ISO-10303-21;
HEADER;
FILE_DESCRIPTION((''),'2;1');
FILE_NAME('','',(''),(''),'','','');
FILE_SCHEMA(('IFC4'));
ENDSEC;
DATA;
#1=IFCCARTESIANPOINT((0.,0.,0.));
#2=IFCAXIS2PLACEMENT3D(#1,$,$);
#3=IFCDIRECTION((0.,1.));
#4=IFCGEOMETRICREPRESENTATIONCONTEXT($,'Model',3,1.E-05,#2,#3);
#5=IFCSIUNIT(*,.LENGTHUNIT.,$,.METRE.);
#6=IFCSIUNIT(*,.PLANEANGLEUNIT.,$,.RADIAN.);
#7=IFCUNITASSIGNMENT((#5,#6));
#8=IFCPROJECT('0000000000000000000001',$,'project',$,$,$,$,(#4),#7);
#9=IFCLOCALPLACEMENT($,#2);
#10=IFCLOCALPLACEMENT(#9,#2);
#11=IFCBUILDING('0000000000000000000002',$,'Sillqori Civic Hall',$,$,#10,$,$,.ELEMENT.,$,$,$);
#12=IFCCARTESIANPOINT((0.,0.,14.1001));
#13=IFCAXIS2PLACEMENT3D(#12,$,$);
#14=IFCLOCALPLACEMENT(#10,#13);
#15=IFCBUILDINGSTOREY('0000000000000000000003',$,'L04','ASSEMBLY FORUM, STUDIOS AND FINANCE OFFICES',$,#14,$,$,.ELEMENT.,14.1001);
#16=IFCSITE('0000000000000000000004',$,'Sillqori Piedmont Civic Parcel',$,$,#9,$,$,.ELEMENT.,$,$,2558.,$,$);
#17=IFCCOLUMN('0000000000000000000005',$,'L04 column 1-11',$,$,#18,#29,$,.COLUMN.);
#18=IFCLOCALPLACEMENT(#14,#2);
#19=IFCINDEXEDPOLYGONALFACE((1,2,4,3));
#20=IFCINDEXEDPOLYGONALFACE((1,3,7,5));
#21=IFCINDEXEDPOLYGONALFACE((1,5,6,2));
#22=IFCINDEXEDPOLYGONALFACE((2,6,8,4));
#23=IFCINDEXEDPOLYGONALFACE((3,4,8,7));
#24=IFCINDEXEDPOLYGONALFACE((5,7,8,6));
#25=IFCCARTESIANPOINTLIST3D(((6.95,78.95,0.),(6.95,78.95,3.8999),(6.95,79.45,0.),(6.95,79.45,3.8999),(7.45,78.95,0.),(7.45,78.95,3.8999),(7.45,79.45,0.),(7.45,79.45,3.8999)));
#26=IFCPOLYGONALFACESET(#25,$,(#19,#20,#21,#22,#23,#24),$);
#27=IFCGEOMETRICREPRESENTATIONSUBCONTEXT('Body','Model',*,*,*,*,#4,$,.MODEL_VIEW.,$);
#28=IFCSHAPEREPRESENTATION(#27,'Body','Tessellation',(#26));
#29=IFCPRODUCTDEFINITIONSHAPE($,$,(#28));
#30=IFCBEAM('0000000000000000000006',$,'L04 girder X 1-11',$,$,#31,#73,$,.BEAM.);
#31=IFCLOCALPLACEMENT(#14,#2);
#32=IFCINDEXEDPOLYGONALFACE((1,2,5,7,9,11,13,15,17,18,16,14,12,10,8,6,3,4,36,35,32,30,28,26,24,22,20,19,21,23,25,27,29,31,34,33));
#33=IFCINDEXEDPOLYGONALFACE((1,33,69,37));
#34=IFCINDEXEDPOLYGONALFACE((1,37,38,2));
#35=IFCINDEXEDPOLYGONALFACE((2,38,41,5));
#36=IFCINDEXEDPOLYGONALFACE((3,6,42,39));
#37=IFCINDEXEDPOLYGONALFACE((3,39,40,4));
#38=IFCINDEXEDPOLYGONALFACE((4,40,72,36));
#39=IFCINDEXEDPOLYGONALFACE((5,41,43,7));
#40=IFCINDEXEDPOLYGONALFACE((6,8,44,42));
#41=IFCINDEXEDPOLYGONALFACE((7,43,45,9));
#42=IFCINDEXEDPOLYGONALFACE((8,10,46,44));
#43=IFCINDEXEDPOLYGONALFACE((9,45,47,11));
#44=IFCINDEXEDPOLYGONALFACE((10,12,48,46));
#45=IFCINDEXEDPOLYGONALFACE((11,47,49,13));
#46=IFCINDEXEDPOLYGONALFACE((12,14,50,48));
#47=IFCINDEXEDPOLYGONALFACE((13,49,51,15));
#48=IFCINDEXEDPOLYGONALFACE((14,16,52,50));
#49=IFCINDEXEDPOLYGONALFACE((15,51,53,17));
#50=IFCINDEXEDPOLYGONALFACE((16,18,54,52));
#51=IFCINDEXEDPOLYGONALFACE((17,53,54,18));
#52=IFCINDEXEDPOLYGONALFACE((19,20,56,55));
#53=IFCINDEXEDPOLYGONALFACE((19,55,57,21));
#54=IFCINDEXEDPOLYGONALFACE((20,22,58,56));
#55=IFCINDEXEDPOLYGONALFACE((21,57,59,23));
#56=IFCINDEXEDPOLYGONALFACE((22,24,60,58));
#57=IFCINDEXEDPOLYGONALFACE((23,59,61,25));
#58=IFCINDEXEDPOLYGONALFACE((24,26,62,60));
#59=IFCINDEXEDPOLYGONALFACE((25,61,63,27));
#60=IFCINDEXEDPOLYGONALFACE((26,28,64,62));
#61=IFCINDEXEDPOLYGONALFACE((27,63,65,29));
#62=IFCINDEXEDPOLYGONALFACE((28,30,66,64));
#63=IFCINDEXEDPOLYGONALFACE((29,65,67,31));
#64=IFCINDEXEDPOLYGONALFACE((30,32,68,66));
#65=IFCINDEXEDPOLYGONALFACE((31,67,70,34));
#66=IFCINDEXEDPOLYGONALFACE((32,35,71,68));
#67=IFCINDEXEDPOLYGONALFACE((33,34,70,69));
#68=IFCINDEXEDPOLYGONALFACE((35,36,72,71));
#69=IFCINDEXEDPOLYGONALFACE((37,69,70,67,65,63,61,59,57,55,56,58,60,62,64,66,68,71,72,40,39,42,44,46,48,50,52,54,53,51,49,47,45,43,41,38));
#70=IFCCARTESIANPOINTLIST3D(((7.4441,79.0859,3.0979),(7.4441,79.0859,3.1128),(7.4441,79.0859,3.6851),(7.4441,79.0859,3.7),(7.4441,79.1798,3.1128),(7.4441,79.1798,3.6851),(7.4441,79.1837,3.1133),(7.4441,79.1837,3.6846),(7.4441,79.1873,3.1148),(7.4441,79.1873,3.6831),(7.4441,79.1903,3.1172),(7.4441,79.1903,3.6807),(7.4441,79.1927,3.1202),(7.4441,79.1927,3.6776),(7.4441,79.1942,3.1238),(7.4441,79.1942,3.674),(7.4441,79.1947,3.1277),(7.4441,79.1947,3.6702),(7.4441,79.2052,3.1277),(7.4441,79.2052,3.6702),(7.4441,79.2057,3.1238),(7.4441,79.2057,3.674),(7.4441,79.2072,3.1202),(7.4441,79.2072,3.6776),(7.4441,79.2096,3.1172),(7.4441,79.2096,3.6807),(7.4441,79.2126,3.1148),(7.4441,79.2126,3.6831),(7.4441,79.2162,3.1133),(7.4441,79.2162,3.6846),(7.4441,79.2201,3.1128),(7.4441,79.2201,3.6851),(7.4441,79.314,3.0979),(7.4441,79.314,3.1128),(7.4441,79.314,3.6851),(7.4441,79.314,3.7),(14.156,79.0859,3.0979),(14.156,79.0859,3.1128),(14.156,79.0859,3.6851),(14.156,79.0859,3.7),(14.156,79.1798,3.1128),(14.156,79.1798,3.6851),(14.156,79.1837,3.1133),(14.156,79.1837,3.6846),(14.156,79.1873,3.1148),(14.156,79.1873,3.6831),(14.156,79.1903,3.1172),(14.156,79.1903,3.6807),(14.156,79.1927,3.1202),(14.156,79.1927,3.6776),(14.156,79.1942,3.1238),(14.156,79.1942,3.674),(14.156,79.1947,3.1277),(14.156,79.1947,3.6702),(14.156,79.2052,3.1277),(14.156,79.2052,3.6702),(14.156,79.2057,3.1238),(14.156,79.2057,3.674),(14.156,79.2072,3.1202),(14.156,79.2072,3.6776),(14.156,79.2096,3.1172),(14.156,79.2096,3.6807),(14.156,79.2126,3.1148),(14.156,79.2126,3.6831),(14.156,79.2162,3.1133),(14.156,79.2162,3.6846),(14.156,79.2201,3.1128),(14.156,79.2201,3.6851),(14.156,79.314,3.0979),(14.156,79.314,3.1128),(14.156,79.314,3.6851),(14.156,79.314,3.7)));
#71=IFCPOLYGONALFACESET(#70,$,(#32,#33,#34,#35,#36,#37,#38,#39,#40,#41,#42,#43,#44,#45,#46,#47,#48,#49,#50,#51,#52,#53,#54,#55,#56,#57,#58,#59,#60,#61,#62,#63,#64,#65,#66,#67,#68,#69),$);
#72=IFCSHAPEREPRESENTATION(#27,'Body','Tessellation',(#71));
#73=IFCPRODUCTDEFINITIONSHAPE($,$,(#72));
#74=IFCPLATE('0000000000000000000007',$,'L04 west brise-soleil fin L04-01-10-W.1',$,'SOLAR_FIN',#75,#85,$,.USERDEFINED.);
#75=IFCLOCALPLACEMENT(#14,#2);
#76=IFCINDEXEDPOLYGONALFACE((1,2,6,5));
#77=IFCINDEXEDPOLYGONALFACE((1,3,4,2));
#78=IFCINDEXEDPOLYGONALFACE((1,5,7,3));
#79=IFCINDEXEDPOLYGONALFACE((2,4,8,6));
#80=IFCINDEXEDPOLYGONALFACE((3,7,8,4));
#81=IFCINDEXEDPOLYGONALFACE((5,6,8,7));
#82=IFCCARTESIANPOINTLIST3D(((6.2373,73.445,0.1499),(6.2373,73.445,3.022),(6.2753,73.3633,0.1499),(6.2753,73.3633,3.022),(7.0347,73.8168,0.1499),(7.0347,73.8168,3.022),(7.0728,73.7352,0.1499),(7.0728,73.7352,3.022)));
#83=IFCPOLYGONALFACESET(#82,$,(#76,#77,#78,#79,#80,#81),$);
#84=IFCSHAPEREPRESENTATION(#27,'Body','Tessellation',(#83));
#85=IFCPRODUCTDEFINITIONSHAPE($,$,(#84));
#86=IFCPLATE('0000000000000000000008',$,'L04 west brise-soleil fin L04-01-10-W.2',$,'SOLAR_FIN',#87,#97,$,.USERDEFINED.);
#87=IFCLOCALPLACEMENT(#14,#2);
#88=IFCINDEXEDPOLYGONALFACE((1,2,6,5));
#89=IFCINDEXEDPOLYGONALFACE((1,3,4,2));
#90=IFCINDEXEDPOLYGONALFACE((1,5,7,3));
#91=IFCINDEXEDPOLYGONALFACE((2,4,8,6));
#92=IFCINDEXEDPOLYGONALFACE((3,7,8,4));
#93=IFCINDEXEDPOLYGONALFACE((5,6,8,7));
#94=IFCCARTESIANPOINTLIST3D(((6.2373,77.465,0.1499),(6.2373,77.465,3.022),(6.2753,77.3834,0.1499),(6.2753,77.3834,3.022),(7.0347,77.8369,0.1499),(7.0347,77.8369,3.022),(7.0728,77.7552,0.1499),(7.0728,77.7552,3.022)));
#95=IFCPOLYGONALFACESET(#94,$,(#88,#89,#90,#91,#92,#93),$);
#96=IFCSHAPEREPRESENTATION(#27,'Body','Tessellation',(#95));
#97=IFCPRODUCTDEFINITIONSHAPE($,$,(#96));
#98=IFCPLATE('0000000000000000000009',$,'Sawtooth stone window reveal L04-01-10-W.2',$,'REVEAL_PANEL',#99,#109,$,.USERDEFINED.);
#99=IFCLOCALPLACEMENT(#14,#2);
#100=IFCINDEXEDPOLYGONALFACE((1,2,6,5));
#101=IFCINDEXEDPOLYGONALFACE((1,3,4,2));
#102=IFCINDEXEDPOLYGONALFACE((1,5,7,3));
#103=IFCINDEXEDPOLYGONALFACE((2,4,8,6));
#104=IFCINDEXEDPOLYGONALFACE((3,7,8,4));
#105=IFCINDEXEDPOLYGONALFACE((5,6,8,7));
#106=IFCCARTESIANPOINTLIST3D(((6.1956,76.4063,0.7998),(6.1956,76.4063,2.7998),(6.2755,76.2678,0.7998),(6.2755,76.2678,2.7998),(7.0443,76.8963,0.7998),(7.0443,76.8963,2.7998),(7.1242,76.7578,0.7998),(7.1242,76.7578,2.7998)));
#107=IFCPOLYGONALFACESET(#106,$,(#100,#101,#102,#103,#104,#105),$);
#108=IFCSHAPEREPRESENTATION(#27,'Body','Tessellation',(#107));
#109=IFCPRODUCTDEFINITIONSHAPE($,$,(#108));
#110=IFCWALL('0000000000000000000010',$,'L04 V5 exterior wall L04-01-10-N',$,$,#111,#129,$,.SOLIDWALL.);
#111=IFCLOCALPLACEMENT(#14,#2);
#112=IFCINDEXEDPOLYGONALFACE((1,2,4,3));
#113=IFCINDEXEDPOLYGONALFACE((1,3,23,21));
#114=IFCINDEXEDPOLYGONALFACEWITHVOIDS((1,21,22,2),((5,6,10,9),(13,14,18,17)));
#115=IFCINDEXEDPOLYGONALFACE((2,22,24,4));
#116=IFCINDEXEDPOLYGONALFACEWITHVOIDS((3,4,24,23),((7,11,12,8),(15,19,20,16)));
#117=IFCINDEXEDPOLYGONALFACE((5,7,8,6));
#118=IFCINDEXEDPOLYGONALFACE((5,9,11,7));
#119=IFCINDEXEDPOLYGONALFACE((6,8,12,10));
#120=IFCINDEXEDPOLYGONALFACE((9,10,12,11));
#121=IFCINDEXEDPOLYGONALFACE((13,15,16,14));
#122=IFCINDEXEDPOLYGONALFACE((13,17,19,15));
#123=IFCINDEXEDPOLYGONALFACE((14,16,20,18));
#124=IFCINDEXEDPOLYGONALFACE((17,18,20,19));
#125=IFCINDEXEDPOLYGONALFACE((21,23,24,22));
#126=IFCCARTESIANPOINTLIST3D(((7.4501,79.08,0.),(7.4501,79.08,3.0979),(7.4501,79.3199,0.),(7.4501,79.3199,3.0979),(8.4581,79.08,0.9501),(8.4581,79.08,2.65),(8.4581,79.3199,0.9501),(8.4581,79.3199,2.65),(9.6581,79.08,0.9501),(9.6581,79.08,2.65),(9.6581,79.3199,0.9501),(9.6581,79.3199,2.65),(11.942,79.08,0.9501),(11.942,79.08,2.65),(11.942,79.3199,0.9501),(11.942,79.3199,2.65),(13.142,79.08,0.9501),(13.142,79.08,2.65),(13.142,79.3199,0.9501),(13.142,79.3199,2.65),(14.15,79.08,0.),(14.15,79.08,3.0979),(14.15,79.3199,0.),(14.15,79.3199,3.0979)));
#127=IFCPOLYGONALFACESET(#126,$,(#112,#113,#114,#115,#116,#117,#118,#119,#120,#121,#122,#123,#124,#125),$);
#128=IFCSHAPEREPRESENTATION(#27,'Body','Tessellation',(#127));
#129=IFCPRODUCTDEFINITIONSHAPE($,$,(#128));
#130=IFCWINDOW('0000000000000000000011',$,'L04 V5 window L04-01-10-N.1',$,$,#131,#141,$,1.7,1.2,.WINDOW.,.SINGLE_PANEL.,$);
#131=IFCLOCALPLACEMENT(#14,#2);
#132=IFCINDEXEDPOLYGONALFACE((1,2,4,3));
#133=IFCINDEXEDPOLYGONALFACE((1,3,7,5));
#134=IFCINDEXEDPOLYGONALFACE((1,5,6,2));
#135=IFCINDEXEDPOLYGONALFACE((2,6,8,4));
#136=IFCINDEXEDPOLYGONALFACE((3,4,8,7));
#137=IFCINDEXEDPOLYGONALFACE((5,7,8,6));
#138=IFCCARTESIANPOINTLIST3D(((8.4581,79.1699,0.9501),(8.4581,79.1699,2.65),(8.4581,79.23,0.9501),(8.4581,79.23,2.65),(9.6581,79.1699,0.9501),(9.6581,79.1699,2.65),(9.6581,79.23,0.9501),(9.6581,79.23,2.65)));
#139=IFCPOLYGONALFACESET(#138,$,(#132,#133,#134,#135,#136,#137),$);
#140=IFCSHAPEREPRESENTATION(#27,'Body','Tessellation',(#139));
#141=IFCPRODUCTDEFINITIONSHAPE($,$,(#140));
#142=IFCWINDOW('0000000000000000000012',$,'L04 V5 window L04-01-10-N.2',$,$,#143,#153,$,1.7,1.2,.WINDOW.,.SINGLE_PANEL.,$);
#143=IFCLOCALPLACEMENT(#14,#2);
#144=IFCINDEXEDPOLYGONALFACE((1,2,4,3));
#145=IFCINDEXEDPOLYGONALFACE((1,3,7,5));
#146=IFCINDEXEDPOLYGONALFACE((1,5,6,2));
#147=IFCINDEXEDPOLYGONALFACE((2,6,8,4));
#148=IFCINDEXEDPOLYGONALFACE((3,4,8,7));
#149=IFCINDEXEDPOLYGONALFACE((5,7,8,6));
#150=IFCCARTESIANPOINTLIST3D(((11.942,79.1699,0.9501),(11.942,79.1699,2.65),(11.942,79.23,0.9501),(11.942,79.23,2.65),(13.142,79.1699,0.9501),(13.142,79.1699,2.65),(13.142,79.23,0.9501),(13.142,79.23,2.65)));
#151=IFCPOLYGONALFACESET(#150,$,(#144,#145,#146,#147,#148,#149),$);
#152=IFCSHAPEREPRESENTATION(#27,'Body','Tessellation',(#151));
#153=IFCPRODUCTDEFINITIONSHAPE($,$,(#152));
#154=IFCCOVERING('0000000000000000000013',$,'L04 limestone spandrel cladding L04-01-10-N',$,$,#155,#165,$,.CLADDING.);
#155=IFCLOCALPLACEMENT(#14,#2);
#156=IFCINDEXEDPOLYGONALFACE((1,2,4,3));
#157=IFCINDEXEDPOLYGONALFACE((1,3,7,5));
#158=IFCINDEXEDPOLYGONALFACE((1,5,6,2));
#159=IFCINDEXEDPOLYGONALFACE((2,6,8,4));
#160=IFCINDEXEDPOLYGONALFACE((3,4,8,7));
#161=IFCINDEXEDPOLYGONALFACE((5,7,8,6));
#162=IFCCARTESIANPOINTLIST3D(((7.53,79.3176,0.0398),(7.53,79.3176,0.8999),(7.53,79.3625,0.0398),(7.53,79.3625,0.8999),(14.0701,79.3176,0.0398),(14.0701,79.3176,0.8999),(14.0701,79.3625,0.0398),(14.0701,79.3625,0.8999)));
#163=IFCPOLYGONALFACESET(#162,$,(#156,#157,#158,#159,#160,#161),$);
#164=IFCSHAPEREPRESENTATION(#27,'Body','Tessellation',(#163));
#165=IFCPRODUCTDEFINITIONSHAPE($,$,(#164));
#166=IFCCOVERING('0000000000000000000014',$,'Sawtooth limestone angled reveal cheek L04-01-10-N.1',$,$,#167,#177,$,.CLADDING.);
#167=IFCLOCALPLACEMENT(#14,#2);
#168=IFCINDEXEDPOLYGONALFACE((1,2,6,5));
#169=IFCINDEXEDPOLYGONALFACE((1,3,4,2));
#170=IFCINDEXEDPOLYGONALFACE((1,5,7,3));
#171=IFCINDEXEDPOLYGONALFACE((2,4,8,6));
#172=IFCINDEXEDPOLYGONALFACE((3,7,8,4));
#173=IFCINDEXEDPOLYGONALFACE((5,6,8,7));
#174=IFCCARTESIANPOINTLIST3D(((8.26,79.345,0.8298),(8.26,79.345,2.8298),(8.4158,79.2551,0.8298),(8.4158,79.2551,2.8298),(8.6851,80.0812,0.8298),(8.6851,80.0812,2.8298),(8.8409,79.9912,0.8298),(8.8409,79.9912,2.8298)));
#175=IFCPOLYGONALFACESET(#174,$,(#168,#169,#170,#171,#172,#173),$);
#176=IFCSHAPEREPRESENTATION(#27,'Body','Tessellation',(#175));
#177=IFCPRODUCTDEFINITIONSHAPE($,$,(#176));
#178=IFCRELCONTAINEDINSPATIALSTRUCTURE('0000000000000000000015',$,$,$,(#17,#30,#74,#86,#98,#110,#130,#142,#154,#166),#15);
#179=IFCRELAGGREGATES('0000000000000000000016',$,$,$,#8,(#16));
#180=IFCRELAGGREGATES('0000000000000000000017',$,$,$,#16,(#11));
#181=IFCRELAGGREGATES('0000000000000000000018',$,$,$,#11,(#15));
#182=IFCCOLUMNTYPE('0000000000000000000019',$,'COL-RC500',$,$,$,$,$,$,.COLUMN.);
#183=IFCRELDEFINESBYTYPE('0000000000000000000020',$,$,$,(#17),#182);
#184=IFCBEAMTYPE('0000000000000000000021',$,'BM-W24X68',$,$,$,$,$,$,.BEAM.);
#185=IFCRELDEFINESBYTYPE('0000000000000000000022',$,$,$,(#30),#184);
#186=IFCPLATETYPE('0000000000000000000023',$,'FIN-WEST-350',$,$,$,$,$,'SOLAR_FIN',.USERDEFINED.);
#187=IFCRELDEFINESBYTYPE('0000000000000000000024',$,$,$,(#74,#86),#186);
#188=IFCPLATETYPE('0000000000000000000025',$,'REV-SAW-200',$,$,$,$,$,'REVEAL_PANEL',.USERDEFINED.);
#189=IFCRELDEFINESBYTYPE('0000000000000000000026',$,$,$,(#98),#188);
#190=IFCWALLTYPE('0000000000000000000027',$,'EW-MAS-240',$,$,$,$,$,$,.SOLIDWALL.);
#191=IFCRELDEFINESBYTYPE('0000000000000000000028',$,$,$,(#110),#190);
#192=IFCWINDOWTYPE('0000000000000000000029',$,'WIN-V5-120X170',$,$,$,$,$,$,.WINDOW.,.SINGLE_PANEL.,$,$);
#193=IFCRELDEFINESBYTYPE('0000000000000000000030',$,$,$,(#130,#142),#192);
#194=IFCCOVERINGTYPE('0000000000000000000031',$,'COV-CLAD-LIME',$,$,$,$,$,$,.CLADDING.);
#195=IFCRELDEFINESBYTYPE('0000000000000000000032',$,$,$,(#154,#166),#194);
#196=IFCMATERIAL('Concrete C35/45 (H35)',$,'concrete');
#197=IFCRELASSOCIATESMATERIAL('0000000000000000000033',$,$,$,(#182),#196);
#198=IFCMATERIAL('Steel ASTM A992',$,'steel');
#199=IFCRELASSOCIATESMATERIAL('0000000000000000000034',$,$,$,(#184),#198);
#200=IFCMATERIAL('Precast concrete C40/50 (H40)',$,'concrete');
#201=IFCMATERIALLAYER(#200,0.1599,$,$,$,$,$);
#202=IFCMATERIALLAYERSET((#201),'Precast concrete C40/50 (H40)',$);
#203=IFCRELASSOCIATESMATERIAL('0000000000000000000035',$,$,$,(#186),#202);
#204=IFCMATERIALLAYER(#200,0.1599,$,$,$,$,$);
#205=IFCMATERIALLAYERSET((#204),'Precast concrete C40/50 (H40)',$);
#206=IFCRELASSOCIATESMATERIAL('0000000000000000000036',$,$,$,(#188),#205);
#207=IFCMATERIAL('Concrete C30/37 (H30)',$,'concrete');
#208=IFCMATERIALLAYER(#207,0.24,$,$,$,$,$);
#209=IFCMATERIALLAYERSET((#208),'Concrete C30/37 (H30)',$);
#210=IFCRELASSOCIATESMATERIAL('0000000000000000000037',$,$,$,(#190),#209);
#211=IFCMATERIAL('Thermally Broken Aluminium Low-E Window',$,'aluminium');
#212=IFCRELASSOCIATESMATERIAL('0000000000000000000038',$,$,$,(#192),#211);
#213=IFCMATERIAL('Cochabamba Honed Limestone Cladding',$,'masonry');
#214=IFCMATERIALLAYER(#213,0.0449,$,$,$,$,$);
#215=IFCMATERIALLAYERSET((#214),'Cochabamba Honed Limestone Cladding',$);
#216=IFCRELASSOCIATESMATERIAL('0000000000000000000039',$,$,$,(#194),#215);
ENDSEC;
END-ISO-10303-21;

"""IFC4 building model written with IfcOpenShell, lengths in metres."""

from ifc_helpers import new_model, si_unit, direction, frame, frame_2d, origin, origin_2d, place, context, subcontext, project, spatial, rectangle, i_section, extrude, material, layer, layer_set, material_profile, profile_set, type_object, element, fill, save


model = new_model("IFC4")

# Units and contexts
model_context = context("Model", 3, precision=1e-05, world=origin(), true_north=direction((0.0, 1.0)))
body_context = subcontext(model_context, "Body", "Model", "MODEL_VIEW")
ifc_project = project(units=[si_unit("LENGTHUNIT", "METRE"), si_unit("PLANEANGLEUNIT", "RADIAN")], contexts=[model_context])

# Site, building, storey
site_placement = place(None, origin())
site = spatial("IfcSite", under=ifc_project, at=site_placement, Name="Sillqori Piedmont Civic Parcel", CompositionType="ELEMENT", RefElevation=2558.0)
building_placement = place(site_placement, origin())
building = spatial("IfcBuilding", under=site, at=building_placement, Name="Sillqori Civic Hall", CompositionType="ELEMENT")
storey_placement = place(building_placement, frame((0.0, 0.0, 14.1001)))
storey = spatial("IfcBuildingStorey", under=building, at=storey_placement, Name="L04", Description="ASSEMBLY FORUM, STUDIOS AND FINANCE OFFICES", CompositionType="ELEMENT", Elevation=14.1001)

# Column
ifc_material_1 = material(Name="Concrete C35/45 (H35)", Category="concrete")
ifc_material_profile_1 = material_profile(ifc_material_1, rectangle(XDim=0.5, YDim=0.5, at=origin_2d()), Name="RC 500x500")
ifc_profile_set_1 = profile_set([ifc_material_profile_1], Name="Concrete C35/45 (H35)")
column_type = type_object("IfcColumnType", Name="COL-RC500", PredefinedType="COLUMN", material=ifc_profile_set_1)
column_placement = place(storey_placement, frame((7.2, 79.2, 0.0), z_axis=(0.0, 0.0, 1.0), x_axis=(1.0, 0.0, 0.0)))
element("IfcColumn", 1, at=column_placement, inside=storey, type_object=column_type, Name="L04 column 1-11", PredefinedType="COLUMN", context=body_context, shape_type="SweptSolid", body=[
    extrude(rectangle(XDim=0.5, YDim=0.5, at=origin_2d()), origin(), (0.0, 0.0, 1.0), 3.8999),
])

# Beam
ifc_material_2 = material(Name="Steel ASTM A992", Category="steel")
ifc_material_profile_2 = material_profile(ifc_material_2, i_section(OverallWidth=0.228, OverallDepth=0.6021, WebThickness=0.0105, FlangeThickness=0.0149, FilletRadius=0.0149, at=origin_2d()), Name="W24X68")
ifc_profile_set_2 = profile_set([ifc_material_profile_2], Name="Steel ASTM A992")
beam_type = type_object("IfcBeamType", Name="BM-W24X68", PredefinedType="BEAM", material=ifc_profile_set_2)
beam_placement = place(storey_placement, frame((7.4441, 79.2, 3.3989), z_axis=(1.0, 0.0, 0.0), x_axis=(0.0, 1.0, 0.0)))
element("IfcBeam", 2, at=beam_placement, inside=storey, type_object=beam_type, Name="L04 girder X 1-11", PredefinedType="BEAM", context=body_context, shape_type="SweptSolid", body=[
    extrude(i_section(OverallWidth=0.228, OverallDepth=0.6021, WebThickness=0.0105, FlangeThickness=0.0149, FilletRadius=0.0149, at=origin_2d()), origin(), (0.0, 0.0, 1.0), 6.7119),
])

# Plates
ifc_material_3 = material(Name="Precast concrete C40/50 (H40)", Category="concrete")
ifc_layer_1 = layer(ifc_material_3, 0.1599)
ifc_layer_set_1 = layer_set([ifc_layer_1], Name="Precast concrete C40/50 (H40)")
plate_type_1 = type_object("IfcPlateType", Name="FIN-WEST-350", ElementType="SOLAR_FIN", PredefinedType="USERDEFINED", material=ifc_layer_set_1)
for number, where, z_axis, x_axis, name in (
    (3, (6.655, 73.5901, 0.1499), (0.0, 0.0, 1.0), (-0.422618, 0.906308, 0.0), "L04 west brise-soleil fin L04-01-10-W.1"),
    (4, (6.655, 77.6101, 0.1499), (0.0, 0.0, 1.0), (-0.422618, 0.906308, 0.0), "L04 west brise-soleil fin L04-01-10-W.2"),
):
    element("IfcPlate", number, at=place(storey_placement, frame(where, z_axis=z_axis, x_axis=x_axis)), inside=storey, type_object=plate_type_1, Name=name, ObjectType="SOLAR_FIN", PredefinedType="USERDEFINED", context=body_context, shape_type="SweptSolid", body=[
        extrude(rectangle(XDim=0.0901, YDim=0.8799, at=origin_2d()), origin(), (0.0, 0.0, 1.0), 2.8721),
    ])
ifc_layer_2 = layer(ifc_material_3, 0.1599)
ifc_layer_set_2 = layer_set([ifc_layer_2], Name="Precast concrete C40/50 (H40)")
plate_type_2 = type_object("IfcPlateType", Name="REV-SAW-200", ElementType="REVEAL_PANEL", PredefinedType="USERDEFINED", material=ifc_layer_set_2)
plate_placement = place(storey_placement, frame((6.6599, 76.582, 0.7998), z_axis=(0.0, 0.0, 1.0), x_axis=(-0.5, 0.866025, 0.0)))
element("IfcPlate", 5, at=plate_placement, inside=storey, type_object=plate_type_2, Name="Sawtooth stone window reveal L04-01-10-W.2", ObjectType="REVEAL_PANEL", PredefinedType="USERDEFINED", context=body_context, shape_type="SweptSolid", body=[
    extrude(rectangle(XDim=0.1599, YDim=0.98, at=origin_2d()), origin(), (0.0, 0.0, 1.0), 2.0),
])

# Wall, openings, windows
ifc_material_4 = material(Name="Concrete C30/37 (H30)", Category="concrete")
ifc_layer_3 = layer(ifc_material_4, 0.24)
ifc_layer_set_3 = layer_set([ifc_layer_3], Name="Concrete C30/37 (H30)")
wall_type = type_object("IfcWallType", Name="EW-MAS-240", PredefinedType="SOLIDWALL", material=ifc_layer_set_3)
wall_placement = place(storey_placement, frame((7.45, 79.2, 0.0), z_axis=(0.0, 0.0, 1.0), x_axis=(1.0, 0.0, 0.0)))
wall = element("IfcWall", 6, at=wall_placement, inside=storey, type_object=wall_type, Name="L04 V5 exterior wall L04-01-10-N", PredefinedType="SOLIDWALL", context=body_context, shape_type="SweptSolid", body=[
    extrude(rectangle(XDim=6.7, YDim=0.24, at=frame_2d((3.3501, 0.0))), origin(), (0.0, 0.0, 1.0), 3.0979),
])
opening_1_placement = place(wall_placement, frame((1.0081, 0.0, 0.95)))
opening_1 = element("IfcOpeningElement", 7, at=opening_1_placement, cuts=wall, PredefinedType="OPENING", context=body_context, shape_type="SweptSolid", body=[
    extrude(rectangle(XDim=1.2, YDim=1.7, at=frame_2d((0.6001, 0.8501))), frame((0.0, 0.1299, 0.0), z_axis=(0.0, -1.0, 0.0), x_axis=(1.0, 0.0, 0.0)), (0.0, 0.0, 1.0), 0.26),
])
opening_2_placement = place(wall_placement, frame((4.4919, 0.0, 0.95)))
opening_2 = element("IfcOpeningElement", 8, at=opening_2_placement, cuts=wall, PredefinedType="OPENING", context=body_context, shape_type="SweptSolid", body=[
    extrude(rectangle(XDim=1.2, YDim=1.7, at=frame_2d((0.6001, 0.8501))), frame((0.0, 0.1299, 0.0), z_axis=(0.0, -1.0, 0.0), x_axis=(1.0, 0.0, 0.0)), (0.0, 0.0, 1.0), 0.26),
])
ifc_material_5 = material(Name="Thermally Broken Aluminium Low-E Window", Category="aluminium")
window_type = type_object("IfcWindowType", Name="WIN-V5-120X170", PartitioningType="SINGLE_PANEL", PredefinedType="WINDOW", material=ifc_material_5)
window_1_placement = place(opening_1_placement, origin())
window_1 = element("IfcWindow", 9, at=window_1_placement, inside=storey, type_object=window_type, Name="L04 V5 window L04-01-10-N.1", OverallHeight=1.7, OverallWidth=1.2, PartitioningType="SINGLE_PANEL", PredefinedType="WINDOW", context=body_context, shape_type="SweptSolid", body=[
    extrude(rectangle(XDim=1.2, YDim=1.7, at=frame_2d((0.6001, 0.8501))), frame((0.0, 0.03, 0.0), z_axis=(0.0, -1.0, 0.0), x_axis=(1.0, 0.0, 0.0)), (0.0, 0.0, 1.0), 0.0601),
])
fill(opening_1, window_1)
window_2_placement = place(opening_2_placement, origin())
window_2 = element("IfcWindow", 10, at=window_2_placement, inside=storey, type_object=window_type, Name="L04 V5 window L04-01-10-N.2", OverallHeight=1.7, OverallWidth=1.2, PartitioningType="SINGLE_PANEL", PredefinedType="WINDOW", context=body_context, shape_type="SweptSolid", body=[
    extrude(rectangle(XDim=1.2, YDim=1.7, at=frame_2d((0.6001, 0.8501))), frame((0.0, 0.03, 0.0), z_axis=(0.0, -1.0, 0.0), x_axis=(1.0, 0.0, 0.0)), (0.0, 0.0, 1.0), 0.0601),
])
fill(opening_2, window_2)

# Coverings
ifc_material_6 = material(Name="Cochabamba Honed Limestone Cladding", Category="masonry")
ifc_layer_4 = layer(ifc_material_6, 0.0449)
ifc_layer_set_4 = layer_set([ifc_layer_4], Name="Cochabamba Honed Limestone Cladding")
covering_type = type_object("IfcCoveringType", Name="COV-CLAD-LIME", PredefinedType="CLADDING", material=ifc_layer_set_4)
covering_1_placement = place(storey_placement, frame((7.53, 79.3401, 0.0398), z_axis=(0.0, 0.0, 1.0), x_axis=(1.0, 0.0, 0.0)))
element("IfcCovering", 11, at=covering_1_placement, inside=storey, type_object=covering_type, Name="L04 limestone spandrel cladding L04-01-10-N", PredefinedType="CLADDING", context=body_context, shape_type="SweptSolid", body=[
    extrude(rectangle(XDim=6.54, YDim=0.0449, at=frame_2d((3.27, 0.0))), origin(), (0.0, 0.0, 1.0), 0.8601),
])
for number, where, z_axis, x_axis, name in (
    (12, (8.3379, 79.3, 0.8298), (0.0, 0.0, 1.0), (0.500062, 0.865989, 0.0), "Sawtooth limestone angled reveal cheek L04-01-10-N.1"),
):
    element("IfcCovering", number, at=place(storey_placement, frame(where, z_axis=z_axis, x_axis=x_axis)), inside=storey, type_object=covering_type, Name=name, PredefinedType="CLADDING", context=body_context, shape_type="SweptSolid", body=[
        extrude(rectangle(XDim=0.8501, YDim=0.1799, at=frame_2d((0.425, 0.0))), origin(), (0.0, 0.0, 1.0), 2.0),
    ])

save(model, "model.ifc")
